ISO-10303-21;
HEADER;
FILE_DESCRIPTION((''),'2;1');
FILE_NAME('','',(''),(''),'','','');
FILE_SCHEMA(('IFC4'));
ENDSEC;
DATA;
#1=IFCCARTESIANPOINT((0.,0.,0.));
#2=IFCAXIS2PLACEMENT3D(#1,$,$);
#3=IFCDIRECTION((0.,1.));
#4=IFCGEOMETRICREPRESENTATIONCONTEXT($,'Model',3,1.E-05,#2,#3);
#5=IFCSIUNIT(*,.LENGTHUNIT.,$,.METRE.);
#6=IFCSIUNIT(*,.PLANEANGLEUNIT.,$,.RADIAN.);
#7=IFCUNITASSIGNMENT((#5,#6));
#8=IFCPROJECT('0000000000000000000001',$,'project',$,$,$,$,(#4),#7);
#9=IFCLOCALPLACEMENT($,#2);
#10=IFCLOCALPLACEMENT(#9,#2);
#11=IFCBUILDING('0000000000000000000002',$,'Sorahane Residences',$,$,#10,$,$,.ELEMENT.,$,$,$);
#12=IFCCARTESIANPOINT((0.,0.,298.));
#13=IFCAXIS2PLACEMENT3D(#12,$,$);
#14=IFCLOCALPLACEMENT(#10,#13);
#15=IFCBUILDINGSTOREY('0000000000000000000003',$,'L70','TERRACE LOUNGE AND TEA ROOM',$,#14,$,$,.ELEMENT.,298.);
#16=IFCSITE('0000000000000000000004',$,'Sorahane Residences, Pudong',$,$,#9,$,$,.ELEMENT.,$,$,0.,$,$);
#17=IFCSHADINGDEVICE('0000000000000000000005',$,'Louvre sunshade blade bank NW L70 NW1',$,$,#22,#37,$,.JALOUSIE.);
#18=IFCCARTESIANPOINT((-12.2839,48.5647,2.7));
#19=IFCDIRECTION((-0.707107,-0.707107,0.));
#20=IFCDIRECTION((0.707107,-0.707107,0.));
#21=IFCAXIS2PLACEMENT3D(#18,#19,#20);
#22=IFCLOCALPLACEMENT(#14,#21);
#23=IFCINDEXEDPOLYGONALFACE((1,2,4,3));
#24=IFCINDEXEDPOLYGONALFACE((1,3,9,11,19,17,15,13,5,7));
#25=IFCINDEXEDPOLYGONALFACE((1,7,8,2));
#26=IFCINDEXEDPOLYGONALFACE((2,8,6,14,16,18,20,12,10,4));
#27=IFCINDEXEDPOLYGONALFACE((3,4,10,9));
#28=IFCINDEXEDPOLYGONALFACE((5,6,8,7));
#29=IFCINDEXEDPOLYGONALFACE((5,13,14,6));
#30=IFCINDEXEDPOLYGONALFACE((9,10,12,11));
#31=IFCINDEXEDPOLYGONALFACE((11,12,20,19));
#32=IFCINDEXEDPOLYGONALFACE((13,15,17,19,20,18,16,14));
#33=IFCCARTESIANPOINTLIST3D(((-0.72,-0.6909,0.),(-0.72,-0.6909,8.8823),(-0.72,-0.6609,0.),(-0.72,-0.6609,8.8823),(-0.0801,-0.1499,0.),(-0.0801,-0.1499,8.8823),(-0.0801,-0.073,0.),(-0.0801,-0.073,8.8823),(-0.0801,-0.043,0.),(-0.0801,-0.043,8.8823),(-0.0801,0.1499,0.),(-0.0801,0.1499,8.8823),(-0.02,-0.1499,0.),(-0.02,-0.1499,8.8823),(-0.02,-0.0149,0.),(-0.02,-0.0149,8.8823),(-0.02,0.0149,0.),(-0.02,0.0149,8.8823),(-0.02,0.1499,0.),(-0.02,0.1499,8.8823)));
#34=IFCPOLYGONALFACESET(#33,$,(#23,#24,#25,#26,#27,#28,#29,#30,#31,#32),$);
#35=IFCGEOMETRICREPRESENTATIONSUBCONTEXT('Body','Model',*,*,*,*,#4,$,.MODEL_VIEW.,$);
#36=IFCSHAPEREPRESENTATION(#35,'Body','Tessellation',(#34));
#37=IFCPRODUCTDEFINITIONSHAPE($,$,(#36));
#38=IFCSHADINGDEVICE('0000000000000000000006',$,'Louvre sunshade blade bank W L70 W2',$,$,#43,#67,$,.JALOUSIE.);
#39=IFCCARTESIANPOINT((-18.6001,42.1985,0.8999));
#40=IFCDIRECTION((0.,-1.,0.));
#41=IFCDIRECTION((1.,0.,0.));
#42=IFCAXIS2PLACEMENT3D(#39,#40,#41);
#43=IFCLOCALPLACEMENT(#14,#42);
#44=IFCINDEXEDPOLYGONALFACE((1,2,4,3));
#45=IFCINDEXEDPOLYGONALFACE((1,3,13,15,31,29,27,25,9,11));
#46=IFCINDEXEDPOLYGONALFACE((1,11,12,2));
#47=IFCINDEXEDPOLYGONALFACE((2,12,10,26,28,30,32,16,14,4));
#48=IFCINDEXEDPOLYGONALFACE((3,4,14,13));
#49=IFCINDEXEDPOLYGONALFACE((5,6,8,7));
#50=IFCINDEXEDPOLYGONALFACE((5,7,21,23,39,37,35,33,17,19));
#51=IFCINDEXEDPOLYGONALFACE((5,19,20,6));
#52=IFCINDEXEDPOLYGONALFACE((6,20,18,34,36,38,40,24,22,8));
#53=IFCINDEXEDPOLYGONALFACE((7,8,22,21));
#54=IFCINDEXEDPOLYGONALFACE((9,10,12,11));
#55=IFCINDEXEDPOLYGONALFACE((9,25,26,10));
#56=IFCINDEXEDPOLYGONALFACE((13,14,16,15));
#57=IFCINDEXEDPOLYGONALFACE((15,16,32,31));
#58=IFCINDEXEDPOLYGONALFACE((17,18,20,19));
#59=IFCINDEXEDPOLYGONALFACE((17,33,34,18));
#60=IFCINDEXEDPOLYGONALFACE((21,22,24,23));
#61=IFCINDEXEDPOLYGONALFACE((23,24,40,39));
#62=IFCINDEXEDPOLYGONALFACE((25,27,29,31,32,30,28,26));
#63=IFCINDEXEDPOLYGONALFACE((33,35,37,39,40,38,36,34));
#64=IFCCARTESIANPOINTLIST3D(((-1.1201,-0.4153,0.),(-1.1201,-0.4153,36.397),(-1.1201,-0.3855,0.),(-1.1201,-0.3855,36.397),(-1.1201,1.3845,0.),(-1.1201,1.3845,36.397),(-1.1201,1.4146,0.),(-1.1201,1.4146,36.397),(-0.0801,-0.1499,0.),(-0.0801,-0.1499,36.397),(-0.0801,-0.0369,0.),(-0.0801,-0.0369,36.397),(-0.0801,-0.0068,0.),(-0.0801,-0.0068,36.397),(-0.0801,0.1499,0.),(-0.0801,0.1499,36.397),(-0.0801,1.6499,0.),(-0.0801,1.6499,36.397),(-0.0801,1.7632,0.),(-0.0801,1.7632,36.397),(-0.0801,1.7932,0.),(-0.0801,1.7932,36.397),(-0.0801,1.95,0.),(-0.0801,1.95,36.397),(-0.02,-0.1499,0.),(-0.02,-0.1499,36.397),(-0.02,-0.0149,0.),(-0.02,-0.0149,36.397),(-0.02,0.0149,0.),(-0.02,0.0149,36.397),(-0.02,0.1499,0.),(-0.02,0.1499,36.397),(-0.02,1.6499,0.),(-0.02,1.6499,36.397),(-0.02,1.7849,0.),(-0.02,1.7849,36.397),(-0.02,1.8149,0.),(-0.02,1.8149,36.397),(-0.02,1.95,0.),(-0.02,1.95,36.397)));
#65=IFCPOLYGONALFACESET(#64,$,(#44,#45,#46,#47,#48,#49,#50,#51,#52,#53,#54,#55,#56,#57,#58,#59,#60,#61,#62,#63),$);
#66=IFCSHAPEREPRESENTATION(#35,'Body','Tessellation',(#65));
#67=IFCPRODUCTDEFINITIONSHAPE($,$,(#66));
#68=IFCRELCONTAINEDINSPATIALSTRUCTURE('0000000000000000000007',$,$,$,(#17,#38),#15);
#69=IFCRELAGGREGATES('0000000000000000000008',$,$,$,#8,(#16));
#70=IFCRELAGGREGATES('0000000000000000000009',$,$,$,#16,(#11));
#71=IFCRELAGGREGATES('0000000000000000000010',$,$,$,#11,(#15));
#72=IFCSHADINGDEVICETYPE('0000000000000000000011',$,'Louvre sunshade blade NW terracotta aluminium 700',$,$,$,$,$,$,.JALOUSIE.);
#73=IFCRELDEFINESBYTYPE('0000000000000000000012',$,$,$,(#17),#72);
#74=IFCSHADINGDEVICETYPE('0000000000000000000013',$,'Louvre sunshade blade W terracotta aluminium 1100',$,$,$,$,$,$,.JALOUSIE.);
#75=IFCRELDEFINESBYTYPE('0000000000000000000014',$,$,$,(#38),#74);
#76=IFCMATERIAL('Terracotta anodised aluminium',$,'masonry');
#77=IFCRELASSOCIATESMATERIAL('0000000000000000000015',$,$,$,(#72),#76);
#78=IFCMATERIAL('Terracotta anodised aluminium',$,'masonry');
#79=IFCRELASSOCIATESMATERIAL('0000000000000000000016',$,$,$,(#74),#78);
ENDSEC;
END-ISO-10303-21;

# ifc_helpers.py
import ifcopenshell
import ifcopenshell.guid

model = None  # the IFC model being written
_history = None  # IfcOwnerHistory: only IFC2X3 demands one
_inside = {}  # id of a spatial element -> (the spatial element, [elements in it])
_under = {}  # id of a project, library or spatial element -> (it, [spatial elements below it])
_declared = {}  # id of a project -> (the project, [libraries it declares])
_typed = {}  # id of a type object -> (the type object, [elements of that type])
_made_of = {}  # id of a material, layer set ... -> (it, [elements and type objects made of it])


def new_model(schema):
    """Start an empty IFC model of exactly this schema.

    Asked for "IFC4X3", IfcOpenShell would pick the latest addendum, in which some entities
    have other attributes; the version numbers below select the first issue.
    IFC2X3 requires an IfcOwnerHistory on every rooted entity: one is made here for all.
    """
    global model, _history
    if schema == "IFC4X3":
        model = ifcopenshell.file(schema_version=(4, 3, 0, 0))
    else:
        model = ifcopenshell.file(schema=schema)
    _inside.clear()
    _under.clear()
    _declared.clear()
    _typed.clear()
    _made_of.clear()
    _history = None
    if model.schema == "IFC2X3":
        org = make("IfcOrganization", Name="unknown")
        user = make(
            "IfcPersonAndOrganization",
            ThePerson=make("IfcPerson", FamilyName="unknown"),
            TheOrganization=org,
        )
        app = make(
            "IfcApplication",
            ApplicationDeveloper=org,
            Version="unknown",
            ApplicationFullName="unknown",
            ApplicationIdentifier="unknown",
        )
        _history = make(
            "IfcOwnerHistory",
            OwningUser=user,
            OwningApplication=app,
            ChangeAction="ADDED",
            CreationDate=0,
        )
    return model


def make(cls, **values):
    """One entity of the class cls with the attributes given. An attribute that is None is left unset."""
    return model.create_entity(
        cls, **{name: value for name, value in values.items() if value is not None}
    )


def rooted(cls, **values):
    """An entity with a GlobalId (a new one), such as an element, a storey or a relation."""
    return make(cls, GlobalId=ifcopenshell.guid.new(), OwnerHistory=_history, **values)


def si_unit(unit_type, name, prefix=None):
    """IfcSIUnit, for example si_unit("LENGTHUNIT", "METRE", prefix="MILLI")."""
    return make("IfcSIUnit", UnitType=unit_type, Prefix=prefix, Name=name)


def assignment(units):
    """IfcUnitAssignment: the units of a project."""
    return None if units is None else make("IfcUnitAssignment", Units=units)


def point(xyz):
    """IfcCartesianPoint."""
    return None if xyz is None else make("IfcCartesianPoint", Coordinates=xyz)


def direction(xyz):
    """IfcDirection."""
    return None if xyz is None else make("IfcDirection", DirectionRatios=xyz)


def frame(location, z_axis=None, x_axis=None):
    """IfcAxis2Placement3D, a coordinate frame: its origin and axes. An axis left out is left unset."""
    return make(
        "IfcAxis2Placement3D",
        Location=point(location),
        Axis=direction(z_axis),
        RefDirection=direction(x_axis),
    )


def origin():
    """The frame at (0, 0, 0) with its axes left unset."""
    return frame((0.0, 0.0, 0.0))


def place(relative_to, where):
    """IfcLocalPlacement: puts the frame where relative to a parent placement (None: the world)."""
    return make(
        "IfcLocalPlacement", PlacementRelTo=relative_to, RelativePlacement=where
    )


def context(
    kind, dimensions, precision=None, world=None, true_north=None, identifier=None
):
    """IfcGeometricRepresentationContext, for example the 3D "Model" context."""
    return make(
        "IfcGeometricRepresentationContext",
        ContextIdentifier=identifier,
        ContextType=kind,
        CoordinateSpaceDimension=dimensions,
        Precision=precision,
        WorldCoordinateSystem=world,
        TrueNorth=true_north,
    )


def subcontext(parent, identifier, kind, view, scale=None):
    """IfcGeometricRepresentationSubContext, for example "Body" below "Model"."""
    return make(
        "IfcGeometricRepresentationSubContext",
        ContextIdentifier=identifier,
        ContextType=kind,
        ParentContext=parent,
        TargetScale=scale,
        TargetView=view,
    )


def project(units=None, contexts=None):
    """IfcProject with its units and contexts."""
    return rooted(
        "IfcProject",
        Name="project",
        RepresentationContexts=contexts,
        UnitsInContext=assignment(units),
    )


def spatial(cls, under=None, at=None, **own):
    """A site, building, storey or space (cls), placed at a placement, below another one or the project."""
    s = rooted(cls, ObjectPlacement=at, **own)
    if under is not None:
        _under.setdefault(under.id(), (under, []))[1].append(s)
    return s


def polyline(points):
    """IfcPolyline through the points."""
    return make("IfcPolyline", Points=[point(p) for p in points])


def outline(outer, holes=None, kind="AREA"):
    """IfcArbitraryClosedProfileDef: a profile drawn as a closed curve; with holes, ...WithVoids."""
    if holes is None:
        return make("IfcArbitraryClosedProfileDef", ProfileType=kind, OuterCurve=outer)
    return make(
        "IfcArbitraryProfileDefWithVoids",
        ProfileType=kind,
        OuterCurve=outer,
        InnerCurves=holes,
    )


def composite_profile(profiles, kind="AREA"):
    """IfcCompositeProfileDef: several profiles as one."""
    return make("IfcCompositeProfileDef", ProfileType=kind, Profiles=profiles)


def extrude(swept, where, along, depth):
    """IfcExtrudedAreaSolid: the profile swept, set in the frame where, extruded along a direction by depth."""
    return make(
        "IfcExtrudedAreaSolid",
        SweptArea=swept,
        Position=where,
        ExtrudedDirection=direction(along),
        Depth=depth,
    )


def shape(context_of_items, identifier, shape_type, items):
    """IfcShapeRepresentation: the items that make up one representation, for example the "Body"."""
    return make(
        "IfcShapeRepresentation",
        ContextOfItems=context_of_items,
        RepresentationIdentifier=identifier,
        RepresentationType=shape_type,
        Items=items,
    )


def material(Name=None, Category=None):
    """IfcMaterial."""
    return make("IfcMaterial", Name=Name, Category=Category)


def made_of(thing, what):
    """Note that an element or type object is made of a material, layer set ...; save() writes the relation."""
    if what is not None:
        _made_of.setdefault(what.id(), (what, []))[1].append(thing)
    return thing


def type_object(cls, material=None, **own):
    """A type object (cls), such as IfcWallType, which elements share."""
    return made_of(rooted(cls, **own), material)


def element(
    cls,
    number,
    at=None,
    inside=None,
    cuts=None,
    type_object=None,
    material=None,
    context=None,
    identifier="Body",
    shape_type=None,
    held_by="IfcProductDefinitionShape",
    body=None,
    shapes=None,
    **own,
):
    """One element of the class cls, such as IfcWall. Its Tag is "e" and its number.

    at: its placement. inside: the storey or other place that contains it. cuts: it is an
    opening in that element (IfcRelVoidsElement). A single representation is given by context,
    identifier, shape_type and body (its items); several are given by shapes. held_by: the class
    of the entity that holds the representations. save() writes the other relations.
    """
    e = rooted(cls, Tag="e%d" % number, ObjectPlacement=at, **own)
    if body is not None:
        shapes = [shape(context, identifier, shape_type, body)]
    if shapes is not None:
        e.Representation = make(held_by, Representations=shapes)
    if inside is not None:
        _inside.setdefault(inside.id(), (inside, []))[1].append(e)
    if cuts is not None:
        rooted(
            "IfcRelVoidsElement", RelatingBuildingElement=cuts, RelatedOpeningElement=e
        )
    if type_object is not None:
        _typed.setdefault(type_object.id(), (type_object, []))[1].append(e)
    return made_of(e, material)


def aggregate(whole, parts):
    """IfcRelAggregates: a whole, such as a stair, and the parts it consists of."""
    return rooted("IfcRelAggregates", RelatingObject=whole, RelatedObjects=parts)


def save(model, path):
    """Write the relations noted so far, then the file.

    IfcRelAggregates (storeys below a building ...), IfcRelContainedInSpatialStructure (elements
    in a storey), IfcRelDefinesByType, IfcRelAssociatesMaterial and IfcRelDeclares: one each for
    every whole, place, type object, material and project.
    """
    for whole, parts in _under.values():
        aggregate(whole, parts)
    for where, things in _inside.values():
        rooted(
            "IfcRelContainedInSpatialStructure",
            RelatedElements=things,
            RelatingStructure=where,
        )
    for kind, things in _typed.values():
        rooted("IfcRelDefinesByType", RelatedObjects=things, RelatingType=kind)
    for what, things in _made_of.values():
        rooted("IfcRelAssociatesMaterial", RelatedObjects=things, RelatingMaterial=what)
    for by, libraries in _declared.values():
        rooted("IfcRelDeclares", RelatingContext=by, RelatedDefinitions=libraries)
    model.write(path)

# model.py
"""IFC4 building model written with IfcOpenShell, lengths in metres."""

from ifc_helpers import new_model, si_unit, direction, frame, origin, place, context, subcontext, project, spatial, polyline, outline, composite_profile, extrude, material, type_object, element, save


model = new_model("IFC4")

# Units and contexts
model_context = context("Model", 3, precision=1e-05, world=origin(), true_north=direction((0.0, 1.0)))
body_context = subcontext(model_context, "Body", "Model", "MODEL_VIEW")
ifc_project = project(units=[si_unit("LENGTHUNIT", "METRE"), si_unit("PLANEANGLEUNIT", "RADIAN")], contexts=[model_context])

# Site, building, storey
site_placement = place(None, origin())
site = spatial("IfcSite", under=ifc_project, at=site_placement, Name="Sorahane Residences, Pudong", CompositionType="ELEMENT", RefElevation=0.0)
building_placement = place(site_placement, origin())
building = spatial("IfcBuilding", under=site, at=building_placement, Name="Sorahane Residences", CompositionType="ELEMENT")
storey_placement = place(building_placement, frame((0.0, 0.0, 298.0)))
storey = spatial("IfcBuildingStorey", under=building, at=storey_placement, Name="L70", Description="TERRACE LOUNGE AND TEA ROOM", CompositionType="ELEMENT", Elevation=298.0)

# Shading devices
ifc_material_1 = material(Name="Terracotta anodised aluminium", Category="masonry")
shading_device_type_1 = type_object("IfcShadingDeviceType", Name="Louvre sunshade blade NW terracotta aluminium 700", PredefinedType="JALOUSIE", material=ifc_material_1)
shading_device_1_placement = place(storey_placement, frame((-12.2839, 48.5647, 2.7), z_axis=(-0.707107, -0.707107, 0.0), x_axis=(0.707107, -0.707107, 0.0)))
element("IfcShadingDevice", 1, at=shading_device_1_placement, inside=storey, type_object=shading_device_type_1, Name="Louvre sunshade blade bank NW L70 NW1", PredefinedType="JALOUSIE", context=body_context, shape_type="SweptSolid", body=[
    extrude(outline(polyline([(-0.72, -0.6609), (-0.72, -0.6909), (-0.0801, -0.073), (-0.0801, -0.1499), (-0.02, -0.1499), (-0.02, -0.0149), (-0.02, 0.0149), (-0.02, 0.1499), (-0.0801, 0.1499), (-0.0801, -0.043), (-0.72, -0.6609)])), origin(), (0.0, 0.0, 1.0), 8.8823),
])
ifc_material_2 = material(Name="Terracotta anodised aluminium", Category="masonry")
shading_device_type_2 = type_object("IfcShadingDeviceType", Name="Louvre sunshade blade W terracotta aluminium 1100", PredefinedType="JALOUSIE", material=ifc_material_2)
shading_device_2_placement = place(storey_placement, frame((-18.6001, 42.1985, 0.8999), z_axis=(0.0, -1.0, 0.0), x_axis=(1.0, 0.0, 0.0)))
element("IfcShadingDevice", 2, at=shading_device_2_placement, inside=storey, type_object=shading_device_type_2, Name="Louvre sunshade blade bank W L70 W2", PredefinedType="JALOUSIE", context=body_context, shape_type="SweptSolid", body=[
    extrude(composite_profile([outline(polyline([(-1.1201, -0.3855), (-1.1201, -0.4153), (-0.0801, -0.0369), (-0.0801, -0.1499), (-0.02, -0.1499), (-0.02, -0.0149), (-0.02, 0.0149), (-0.02, 0.1499), (-0.0801, 0.1499), (-0.0801, -0.0068), (-1.1201, -0.3855)])), outline(polyline([(-1.1201, 1.4146), (-1.1201, 1.3845), (-0.0801, 1.7632), (-0.0801, 1.6499), (-0.02, 1.6499), (-0.02, 1.7849), (-0.02, 1.8149), (-0.02, 1.95), (-0.0801, 1.95), (-0.0801, 1.7932), (-1.1201, 1.4146)]))]), origin(), (0.0, 0.0, 1.0), 36.397),
])

save(model, "model.ifc")
